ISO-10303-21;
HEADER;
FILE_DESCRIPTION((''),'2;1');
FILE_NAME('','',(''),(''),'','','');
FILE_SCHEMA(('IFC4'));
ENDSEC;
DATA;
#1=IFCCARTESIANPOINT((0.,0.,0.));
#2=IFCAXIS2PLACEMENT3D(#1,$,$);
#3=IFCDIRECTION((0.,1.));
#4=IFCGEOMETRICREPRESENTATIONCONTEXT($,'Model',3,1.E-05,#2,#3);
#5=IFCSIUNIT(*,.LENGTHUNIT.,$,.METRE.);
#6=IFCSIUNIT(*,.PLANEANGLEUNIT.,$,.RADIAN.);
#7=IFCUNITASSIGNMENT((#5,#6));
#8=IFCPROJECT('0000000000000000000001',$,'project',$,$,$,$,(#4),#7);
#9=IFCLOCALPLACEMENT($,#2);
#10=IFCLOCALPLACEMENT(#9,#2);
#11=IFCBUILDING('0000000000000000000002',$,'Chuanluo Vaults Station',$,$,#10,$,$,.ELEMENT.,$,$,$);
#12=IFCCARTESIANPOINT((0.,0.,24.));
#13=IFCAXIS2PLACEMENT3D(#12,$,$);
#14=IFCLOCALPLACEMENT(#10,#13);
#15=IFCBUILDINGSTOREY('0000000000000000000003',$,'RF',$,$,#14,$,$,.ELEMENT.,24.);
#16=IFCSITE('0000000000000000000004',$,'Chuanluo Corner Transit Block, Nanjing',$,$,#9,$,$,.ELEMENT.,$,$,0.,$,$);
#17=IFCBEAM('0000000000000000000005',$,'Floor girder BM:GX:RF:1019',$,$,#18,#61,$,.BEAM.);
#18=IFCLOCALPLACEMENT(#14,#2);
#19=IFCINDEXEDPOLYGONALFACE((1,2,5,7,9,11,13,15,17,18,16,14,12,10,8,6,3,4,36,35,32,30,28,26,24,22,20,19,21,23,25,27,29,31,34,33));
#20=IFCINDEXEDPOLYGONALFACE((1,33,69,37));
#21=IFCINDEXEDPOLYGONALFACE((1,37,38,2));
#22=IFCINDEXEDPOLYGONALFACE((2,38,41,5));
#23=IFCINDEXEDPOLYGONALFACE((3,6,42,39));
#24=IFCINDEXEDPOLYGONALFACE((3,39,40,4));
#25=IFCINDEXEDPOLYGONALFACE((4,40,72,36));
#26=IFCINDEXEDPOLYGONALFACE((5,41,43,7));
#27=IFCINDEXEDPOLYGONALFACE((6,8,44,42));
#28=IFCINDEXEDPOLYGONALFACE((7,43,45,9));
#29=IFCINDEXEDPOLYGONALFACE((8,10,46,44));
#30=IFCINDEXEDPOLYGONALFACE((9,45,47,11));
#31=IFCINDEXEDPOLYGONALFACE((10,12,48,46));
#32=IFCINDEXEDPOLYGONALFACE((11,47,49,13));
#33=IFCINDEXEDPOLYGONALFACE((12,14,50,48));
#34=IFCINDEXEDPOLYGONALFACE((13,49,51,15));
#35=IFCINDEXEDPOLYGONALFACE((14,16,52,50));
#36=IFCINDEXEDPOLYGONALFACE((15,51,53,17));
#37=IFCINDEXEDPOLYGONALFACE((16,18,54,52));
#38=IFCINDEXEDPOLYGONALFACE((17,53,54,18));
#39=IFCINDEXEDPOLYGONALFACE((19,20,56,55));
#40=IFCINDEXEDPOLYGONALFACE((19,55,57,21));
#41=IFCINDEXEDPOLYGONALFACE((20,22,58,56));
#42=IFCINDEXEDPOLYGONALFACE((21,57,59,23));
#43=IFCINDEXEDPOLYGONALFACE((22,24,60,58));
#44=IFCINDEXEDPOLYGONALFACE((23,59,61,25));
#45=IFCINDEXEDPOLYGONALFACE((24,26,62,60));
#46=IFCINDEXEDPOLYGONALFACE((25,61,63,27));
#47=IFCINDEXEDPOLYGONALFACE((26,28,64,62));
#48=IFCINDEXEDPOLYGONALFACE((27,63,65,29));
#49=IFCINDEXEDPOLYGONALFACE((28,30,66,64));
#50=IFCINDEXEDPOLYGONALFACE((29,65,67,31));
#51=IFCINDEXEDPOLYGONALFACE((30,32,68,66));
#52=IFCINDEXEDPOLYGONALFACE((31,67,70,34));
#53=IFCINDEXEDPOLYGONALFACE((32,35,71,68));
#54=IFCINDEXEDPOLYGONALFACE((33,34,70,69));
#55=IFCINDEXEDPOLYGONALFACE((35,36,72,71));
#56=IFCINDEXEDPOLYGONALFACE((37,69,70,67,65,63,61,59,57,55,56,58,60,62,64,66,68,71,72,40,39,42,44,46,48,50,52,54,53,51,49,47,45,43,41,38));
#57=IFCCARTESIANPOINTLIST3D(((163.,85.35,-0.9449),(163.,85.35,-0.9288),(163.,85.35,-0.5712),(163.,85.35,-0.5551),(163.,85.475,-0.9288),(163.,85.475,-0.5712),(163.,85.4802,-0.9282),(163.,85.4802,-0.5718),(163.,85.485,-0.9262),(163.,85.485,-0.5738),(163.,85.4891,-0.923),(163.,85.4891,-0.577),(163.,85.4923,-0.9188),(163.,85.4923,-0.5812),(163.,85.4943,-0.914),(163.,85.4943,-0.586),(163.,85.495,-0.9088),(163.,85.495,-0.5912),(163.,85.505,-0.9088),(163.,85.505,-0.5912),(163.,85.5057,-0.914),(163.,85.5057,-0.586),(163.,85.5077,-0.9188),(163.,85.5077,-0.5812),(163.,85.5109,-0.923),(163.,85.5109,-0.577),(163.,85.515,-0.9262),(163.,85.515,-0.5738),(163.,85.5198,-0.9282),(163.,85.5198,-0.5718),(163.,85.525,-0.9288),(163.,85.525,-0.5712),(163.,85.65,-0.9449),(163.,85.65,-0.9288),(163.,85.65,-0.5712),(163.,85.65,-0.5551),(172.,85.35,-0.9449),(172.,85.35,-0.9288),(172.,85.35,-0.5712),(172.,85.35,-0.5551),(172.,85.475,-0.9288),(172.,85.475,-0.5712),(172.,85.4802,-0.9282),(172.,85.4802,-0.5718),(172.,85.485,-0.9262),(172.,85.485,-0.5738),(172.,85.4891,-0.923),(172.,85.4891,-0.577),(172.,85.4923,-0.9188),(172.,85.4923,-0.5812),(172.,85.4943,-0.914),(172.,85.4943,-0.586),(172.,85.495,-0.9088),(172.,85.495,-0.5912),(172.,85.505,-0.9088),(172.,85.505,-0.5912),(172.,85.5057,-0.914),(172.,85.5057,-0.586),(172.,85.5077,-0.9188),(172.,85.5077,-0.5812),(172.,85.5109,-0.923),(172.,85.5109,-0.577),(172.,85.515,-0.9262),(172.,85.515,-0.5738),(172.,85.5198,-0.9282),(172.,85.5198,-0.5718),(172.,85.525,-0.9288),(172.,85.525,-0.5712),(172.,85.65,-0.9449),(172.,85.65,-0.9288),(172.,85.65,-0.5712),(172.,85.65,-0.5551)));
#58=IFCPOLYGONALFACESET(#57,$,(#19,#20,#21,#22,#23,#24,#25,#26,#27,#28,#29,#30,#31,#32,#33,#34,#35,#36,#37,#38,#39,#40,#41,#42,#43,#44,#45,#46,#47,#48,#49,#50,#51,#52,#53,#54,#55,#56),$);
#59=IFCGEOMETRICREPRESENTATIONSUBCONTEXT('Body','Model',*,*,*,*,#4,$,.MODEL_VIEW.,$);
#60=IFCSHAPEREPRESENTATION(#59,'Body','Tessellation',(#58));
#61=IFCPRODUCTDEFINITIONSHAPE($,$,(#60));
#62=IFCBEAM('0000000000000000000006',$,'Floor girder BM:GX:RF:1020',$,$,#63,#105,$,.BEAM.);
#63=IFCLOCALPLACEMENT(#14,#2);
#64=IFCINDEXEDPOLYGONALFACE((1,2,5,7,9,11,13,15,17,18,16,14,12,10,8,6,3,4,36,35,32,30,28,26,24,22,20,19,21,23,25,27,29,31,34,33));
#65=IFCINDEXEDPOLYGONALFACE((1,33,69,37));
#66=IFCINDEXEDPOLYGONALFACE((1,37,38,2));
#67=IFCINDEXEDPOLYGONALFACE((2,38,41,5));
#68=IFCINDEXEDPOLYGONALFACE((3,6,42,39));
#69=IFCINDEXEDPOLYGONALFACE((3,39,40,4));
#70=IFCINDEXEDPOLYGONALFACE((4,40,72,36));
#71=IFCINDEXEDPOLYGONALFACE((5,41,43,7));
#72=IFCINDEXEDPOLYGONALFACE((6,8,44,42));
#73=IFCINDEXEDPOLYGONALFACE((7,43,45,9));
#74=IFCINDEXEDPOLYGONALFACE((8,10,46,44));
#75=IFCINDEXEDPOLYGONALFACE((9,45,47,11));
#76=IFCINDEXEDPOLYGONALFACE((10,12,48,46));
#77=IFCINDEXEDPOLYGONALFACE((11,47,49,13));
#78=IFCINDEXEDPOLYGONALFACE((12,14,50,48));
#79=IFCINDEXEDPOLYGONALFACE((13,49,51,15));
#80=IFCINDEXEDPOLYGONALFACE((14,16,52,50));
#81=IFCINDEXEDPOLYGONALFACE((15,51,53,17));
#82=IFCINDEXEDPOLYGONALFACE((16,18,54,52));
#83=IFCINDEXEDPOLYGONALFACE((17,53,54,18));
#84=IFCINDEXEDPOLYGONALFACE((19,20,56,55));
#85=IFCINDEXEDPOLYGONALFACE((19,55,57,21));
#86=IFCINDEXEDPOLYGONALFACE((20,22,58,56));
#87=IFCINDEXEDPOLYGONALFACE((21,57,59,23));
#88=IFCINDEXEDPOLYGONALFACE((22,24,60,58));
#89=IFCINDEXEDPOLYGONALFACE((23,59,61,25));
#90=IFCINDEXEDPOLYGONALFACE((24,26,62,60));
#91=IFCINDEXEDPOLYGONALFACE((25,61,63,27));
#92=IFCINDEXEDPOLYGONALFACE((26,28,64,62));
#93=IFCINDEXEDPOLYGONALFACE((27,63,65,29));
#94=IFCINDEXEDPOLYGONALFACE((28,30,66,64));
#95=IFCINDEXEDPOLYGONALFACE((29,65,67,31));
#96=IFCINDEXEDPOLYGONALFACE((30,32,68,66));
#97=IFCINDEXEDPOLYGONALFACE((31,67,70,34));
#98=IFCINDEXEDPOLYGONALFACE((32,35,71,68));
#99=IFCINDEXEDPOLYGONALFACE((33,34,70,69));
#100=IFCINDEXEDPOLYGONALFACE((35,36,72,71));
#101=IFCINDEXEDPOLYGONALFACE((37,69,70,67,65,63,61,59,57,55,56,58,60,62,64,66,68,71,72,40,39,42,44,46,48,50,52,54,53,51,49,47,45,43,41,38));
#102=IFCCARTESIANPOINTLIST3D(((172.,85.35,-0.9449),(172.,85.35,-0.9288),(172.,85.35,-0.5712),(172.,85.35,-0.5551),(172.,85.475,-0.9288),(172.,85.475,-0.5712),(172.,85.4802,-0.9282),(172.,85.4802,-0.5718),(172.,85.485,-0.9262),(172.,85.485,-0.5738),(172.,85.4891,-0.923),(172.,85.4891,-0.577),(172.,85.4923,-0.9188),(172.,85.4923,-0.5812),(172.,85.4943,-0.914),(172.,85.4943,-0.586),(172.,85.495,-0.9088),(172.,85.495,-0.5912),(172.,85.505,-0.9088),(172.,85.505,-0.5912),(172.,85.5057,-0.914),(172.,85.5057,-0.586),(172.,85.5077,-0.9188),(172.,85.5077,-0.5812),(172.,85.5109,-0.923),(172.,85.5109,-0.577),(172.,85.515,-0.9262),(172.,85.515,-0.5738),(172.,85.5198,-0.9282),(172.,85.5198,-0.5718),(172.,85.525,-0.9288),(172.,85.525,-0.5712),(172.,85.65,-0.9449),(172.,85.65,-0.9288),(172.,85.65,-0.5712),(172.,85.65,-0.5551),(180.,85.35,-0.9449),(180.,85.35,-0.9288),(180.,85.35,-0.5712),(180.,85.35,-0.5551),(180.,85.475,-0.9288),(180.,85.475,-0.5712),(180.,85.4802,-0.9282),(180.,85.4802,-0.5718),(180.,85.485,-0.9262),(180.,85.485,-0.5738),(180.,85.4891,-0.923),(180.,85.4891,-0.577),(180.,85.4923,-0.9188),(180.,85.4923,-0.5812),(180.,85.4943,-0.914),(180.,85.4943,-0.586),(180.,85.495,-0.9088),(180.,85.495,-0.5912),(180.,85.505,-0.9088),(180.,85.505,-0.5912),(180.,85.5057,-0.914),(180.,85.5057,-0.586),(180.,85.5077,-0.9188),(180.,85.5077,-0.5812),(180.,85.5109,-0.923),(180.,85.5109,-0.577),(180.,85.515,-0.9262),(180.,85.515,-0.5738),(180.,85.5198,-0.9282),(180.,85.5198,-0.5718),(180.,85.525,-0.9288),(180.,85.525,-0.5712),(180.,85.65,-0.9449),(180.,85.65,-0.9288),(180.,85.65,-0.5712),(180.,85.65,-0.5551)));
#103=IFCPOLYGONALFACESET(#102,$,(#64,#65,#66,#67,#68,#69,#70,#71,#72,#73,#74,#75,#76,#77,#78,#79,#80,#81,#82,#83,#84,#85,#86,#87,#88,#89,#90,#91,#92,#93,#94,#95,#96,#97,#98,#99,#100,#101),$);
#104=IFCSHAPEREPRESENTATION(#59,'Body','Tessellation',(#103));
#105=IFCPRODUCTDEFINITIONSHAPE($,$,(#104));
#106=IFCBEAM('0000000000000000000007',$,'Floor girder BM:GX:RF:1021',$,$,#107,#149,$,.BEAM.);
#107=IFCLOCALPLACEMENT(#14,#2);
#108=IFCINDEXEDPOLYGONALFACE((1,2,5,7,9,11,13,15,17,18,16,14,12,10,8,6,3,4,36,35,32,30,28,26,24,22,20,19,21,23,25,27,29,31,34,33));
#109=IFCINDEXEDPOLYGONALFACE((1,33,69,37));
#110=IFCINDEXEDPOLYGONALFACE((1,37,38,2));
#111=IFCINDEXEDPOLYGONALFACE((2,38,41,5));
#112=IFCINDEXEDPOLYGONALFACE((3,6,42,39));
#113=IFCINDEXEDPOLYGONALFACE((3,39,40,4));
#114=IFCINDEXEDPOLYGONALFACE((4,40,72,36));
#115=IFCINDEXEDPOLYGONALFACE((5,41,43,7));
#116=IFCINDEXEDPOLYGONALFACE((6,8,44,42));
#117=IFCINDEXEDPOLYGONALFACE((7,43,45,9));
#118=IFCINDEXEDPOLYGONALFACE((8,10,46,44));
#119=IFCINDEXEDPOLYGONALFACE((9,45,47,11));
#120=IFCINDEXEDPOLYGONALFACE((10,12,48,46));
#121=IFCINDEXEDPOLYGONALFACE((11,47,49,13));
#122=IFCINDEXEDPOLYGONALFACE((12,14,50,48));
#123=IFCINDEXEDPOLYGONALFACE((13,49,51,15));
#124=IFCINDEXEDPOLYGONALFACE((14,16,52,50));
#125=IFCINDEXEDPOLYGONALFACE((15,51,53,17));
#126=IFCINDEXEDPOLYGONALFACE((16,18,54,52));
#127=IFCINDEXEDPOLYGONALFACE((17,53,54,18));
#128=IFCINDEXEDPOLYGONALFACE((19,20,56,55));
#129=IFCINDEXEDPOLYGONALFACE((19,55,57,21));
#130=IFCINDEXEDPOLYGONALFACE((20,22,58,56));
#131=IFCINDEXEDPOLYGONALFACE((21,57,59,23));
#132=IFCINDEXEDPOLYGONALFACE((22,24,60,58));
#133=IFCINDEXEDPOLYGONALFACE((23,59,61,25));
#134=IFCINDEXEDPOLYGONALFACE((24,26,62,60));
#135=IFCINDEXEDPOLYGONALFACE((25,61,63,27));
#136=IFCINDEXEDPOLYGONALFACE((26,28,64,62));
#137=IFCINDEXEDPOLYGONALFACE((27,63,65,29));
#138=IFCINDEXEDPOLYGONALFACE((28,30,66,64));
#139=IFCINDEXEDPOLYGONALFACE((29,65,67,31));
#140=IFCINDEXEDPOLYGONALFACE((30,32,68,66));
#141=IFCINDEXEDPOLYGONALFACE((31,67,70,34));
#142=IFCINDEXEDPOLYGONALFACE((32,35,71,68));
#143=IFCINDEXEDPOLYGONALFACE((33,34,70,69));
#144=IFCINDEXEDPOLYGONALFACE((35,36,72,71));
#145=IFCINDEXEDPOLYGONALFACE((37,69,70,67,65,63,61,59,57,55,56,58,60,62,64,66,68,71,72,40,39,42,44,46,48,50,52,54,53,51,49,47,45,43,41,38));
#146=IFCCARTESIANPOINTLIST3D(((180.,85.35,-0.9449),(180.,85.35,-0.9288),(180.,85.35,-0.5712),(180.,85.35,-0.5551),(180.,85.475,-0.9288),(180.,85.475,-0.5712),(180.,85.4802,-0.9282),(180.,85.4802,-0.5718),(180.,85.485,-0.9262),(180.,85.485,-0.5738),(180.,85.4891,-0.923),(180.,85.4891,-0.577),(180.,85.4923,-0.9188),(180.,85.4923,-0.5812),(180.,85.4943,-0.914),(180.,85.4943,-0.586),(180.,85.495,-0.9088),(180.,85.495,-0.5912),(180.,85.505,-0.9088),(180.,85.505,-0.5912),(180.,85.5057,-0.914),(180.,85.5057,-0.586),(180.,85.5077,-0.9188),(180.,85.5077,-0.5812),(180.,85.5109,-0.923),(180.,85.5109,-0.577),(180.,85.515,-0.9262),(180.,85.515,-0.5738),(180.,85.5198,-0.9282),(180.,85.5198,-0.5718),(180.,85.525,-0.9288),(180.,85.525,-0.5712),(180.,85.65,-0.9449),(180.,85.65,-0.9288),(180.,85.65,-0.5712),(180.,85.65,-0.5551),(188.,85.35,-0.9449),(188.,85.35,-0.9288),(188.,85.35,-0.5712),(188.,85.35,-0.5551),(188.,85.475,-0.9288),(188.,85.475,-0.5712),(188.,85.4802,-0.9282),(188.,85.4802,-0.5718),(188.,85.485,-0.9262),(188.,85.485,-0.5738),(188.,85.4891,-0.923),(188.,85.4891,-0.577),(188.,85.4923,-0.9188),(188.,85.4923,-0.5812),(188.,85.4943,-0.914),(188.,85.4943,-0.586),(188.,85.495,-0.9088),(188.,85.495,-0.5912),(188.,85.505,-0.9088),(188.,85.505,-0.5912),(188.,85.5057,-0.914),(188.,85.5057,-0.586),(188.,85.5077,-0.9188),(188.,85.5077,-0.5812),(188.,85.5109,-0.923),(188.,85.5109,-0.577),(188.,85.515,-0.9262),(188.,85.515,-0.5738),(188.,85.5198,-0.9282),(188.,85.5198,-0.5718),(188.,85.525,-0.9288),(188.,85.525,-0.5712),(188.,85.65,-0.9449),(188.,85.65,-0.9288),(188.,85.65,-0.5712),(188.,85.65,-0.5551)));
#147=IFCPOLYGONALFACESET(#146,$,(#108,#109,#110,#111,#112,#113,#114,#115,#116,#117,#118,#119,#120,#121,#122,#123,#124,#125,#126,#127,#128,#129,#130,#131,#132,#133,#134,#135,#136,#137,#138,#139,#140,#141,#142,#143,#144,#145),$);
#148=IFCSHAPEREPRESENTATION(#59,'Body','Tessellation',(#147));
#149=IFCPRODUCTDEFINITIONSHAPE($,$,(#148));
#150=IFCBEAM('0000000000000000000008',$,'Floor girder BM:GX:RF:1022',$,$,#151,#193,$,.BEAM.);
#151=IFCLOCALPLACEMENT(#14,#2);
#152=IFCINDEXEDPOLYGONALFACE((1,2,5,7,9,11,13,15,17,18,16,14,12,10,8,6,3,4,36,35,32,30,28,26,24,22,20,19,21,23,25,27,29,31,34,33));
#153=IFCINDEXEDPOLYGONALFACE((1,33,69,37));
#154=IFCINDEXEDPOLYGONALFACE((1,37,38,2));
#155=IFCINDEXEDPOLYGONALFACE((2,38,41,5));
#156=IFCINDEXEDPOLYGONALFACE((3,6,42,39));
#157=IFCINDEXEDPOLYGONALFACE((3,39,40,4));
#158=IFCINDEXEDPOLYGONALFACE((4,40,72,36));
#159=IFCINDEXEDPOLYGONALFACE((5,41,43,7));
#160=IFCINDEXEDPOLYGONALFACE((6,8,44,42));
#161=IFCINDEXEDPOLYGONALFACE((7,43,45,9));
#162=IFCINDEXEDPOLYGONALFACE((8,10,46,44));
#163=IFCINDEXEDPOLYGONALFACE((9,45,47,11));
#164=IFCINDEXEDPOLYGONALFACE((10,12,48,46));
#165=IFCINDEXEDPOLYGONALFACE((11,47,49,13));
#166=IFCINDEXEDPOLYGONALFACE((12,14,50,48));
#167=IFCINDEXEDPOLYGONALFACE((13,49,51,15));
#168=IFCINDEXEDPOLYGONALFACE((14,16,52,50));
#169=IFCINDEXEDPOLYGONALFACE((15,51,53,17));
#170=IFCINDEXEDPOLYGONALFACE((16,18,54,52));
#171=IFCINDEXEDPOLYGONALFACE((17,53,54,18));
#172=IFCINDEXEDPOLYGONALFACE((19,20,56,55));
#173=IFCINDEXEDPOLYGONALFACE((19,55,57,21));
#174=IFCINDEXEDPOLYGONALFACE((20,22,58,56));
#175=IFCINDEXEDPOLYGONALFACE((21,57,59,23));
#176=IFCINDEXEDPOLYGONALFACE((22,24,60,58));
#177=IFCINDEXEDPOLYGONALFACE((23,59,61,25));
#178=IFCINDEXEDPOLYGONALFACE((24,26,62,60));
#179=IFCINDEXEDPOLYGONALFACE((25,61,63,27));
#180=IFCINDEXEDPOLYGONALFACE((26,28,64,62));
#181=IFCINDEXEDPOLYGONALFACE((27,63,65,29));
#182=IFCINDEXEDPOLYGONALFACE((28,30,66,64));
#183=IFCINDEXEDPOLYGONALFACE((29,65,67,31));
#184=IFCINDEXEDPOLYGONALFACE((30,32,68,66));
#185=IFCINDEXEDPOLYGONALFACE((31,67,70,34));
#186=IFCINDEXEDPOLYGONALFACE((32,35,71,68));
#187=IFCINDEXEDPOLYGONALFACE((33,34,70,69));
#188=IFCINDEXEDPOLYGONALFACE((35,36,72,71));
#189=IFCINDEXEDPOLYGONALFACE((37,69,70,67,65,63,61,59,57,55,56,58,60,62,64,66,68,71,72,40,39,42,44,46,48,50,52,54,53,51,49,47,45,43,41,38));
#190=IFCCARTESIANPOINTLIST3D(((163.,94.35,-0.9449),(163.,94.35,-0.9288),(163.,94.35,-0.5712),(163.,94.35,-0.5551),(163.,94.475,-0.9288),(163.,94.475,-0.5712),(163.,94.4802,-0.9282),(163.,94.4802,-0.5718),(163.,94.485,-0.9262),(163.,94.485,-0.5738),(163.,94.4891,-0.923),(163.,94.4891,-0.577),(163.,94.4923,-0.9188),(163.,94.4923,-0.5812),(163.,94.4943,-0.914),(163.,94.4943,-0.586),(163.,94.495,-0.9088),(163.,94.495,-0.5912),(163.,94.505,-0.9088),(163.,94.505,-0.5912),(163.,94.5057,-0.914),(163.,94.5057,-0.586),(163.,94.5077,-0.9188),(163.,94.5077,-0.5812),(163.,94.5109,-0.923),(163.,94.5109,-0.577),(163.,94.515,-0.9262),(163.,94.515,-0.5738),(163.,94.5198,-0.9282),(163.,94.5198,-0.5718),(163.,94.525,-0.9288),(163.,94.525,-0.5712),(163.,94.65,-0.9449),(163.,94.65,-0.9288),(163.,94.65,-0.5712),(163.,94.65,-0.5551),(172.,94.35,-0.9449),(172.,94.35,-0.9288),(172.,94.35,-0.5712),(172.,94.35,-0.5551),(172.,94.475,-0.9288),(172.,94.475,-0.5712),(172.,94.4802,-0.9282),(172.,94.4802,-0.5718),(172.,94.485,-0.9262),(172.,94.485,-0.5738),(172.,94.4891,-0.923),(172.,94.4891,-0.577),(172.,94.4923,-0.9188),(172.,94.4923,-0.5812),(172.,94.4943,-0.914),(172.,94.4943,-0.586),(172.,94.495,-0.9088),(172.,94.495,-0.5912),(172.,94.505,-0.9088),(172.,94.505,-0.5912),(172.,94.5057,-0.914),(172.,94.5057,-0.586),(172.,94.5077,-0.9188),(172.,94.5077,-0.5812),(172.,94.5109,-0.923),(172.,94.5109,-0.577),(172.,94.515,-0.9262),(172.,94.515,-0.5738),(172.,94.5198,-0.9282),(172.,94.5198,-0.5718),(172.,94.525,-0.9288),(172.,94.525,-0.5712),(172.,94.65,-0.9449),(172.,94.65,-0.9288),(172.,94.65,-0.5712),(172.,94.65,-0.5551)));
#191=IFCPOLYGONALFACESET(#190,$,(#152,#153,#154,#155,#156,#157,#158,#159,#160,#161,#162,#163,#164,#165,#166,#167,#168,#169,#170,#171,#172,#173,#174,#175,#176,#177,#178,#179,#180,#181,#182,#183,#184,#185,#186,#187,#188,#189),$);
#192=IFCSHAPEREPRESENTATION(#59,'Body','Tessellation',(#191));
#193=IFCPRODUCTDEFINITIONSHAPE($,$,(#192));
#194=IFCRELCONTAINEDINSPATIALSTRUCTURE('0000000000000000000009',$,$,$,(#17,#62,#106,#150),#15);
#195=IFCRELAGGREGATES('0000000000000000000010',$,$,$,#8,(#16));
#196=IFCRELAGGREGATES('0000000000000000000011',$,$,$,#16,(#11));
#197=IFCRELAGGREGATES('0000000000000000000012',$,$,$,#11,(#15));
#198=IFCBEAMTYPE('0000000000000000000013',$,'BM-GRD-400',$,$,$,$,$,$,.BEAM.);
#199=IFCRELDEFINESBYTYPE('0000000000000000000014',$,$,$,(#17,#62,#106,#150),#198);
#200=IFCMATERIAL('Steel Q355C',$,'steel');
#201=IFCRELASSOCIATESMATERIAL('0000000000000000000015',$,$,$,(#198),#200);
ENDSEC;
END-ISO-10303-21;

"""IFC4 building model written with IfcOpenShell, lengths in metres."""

from ifc_helpers import new_model, si_unit, direction, frame, origin, origin_2d, place, context, subcontext, project, spatial, i_section, extrude, material, material_profile, profile_set, type_object, element, save


model = new_model("IFC4")

# Units and contexts
model_context = context("Model", 3, precision=1e-05, world=origin(), true_north=direction((0.0, 1.0)))
body_context = subcontext(model_context, "Body", "Model", "MODEL_VIEW")
ifc_project = project(units=[si_unit("LENGTHUNIT", "METRE"), si_unit("PLANEANGLEUNIT", "RADIAN")], contexts=[model_context])

# Site, building, storey
site_placement = place(None, origin())
site = spatial("IfcSite", under=ifc_project, at=site_placement, Name="Chuanluo Corner Transit Block, Nanjing", CompositionType="ELEMENT", RefElevation=0.0)
building_placement = place(site_placement, origin())
building = spatial("IfcBuilding", under=site, at=building_placement, Name="Chuanluo Vaults Station", CompositionType="ELEMENT")
storey_placement = place(building_placement, frame((0.0, 0.0, 24.0)))
storey = spatial("IfcBuildingStorey", under=building, at=storey_placement, Name="RF", CompositionType="ELEMENT", Elevation=24.0)

# Beams
ifc_material_1 = material(Name="Steel Q355C", Category="steel")
ifc_material_profile_1 = material_profile(ifc_material_1, i_section(OverallWidth=0.3, OverallDepth=0.3899, WebThickness=0.01, FlangeThickness=0.0161, FilletRadius=0.02, at=origin_2d()))
ifc_profile_set_1 = profile_set([ifc_material_profile_1], Name="Steel Q355C")
beam_type_1 = type_object("IfcBeamType", Name="BM-GRD-400", PredefinedType="BEAM", material=ifc_profile_set_1)
beam_1_placement = place(storey_placement, frame((163.0, 85.5, -0.75), z_axis=(1.0, 0.0, 0.0), x_axis=(0.0, 1.0, 0.0)))
element("IfcBeam", 1, at=beam_1_placement, inside=storey, type_object=beam_type_1, Name="Floor girder BM:GX:RF:1019", PredefinedType="BEAM", context=body_context, shape_type="SweptSolid", body=[
    extrude(i_section(OverallWidth=0.3, OverallDepth=0.3899, WebThickness=0.01, FlangeThickness=0.0161, FilletRadius=0.02, at=origin_2d()), origin(), (0.0, 0.0, 1.0), 9.0),
])
for number, where, z_axis, x_axis, name in (
    (2, (172.0, 85.5, -0.75), (1.0, 0.0, 0.0), (0.0, 1.0, 0.0), "Floor girder BM:GX:RF:1020"),
    (3, (180.0, 85.5, -0.75), (1.0, 0.0, 0.0), (0.0, 1.0, 0.0), "Floor girder BM:GX:RF:1021"),
):
    element("IfcBeam", number, at=place(storey_placement, frame(where, z_axis=z_axis, x_axis=x_axis)), inside=storey, type_object=beam_type_1, Name=name, PredefinedType="BEAM", context=body_context, shape_type="SweptSolid", body=[
        extrude(i_section(OverallWidth=0.3, OverallDepth=0.3899, WebThickness=0.01, FlangeThickness=0.0161, FilletRadius=0.02, at=origin_2d()), origin(), (0.0, 0.0, 1.0), 8.0),
    ])
beam_2_placement = place(storey_placement, frame((163.0, 94.5, -0.75), z_axis=(1.0, 0.0, 0.0), x_axis=(0.0, 1.0, 0.0)))
element("IfcBeam", 4, at=beam_2_placement, inside=storey, type_object=beam_type_1, Name="Floor girder BM:GX:RF:1022", PredefinedType="BEAM", context=body_context, shape_type="SweptSolid", body=[
    extrude(i_section(OverallWidth=0.3, OverallDepth=0.3899, WebThickness=0.01, FlangeThickness=0.0161, FilletRadius=0.02, at=origin_2d()), origin(), (0.0, 0.0, 1.0), 9.0),
])

save(model, "model.ifc")
